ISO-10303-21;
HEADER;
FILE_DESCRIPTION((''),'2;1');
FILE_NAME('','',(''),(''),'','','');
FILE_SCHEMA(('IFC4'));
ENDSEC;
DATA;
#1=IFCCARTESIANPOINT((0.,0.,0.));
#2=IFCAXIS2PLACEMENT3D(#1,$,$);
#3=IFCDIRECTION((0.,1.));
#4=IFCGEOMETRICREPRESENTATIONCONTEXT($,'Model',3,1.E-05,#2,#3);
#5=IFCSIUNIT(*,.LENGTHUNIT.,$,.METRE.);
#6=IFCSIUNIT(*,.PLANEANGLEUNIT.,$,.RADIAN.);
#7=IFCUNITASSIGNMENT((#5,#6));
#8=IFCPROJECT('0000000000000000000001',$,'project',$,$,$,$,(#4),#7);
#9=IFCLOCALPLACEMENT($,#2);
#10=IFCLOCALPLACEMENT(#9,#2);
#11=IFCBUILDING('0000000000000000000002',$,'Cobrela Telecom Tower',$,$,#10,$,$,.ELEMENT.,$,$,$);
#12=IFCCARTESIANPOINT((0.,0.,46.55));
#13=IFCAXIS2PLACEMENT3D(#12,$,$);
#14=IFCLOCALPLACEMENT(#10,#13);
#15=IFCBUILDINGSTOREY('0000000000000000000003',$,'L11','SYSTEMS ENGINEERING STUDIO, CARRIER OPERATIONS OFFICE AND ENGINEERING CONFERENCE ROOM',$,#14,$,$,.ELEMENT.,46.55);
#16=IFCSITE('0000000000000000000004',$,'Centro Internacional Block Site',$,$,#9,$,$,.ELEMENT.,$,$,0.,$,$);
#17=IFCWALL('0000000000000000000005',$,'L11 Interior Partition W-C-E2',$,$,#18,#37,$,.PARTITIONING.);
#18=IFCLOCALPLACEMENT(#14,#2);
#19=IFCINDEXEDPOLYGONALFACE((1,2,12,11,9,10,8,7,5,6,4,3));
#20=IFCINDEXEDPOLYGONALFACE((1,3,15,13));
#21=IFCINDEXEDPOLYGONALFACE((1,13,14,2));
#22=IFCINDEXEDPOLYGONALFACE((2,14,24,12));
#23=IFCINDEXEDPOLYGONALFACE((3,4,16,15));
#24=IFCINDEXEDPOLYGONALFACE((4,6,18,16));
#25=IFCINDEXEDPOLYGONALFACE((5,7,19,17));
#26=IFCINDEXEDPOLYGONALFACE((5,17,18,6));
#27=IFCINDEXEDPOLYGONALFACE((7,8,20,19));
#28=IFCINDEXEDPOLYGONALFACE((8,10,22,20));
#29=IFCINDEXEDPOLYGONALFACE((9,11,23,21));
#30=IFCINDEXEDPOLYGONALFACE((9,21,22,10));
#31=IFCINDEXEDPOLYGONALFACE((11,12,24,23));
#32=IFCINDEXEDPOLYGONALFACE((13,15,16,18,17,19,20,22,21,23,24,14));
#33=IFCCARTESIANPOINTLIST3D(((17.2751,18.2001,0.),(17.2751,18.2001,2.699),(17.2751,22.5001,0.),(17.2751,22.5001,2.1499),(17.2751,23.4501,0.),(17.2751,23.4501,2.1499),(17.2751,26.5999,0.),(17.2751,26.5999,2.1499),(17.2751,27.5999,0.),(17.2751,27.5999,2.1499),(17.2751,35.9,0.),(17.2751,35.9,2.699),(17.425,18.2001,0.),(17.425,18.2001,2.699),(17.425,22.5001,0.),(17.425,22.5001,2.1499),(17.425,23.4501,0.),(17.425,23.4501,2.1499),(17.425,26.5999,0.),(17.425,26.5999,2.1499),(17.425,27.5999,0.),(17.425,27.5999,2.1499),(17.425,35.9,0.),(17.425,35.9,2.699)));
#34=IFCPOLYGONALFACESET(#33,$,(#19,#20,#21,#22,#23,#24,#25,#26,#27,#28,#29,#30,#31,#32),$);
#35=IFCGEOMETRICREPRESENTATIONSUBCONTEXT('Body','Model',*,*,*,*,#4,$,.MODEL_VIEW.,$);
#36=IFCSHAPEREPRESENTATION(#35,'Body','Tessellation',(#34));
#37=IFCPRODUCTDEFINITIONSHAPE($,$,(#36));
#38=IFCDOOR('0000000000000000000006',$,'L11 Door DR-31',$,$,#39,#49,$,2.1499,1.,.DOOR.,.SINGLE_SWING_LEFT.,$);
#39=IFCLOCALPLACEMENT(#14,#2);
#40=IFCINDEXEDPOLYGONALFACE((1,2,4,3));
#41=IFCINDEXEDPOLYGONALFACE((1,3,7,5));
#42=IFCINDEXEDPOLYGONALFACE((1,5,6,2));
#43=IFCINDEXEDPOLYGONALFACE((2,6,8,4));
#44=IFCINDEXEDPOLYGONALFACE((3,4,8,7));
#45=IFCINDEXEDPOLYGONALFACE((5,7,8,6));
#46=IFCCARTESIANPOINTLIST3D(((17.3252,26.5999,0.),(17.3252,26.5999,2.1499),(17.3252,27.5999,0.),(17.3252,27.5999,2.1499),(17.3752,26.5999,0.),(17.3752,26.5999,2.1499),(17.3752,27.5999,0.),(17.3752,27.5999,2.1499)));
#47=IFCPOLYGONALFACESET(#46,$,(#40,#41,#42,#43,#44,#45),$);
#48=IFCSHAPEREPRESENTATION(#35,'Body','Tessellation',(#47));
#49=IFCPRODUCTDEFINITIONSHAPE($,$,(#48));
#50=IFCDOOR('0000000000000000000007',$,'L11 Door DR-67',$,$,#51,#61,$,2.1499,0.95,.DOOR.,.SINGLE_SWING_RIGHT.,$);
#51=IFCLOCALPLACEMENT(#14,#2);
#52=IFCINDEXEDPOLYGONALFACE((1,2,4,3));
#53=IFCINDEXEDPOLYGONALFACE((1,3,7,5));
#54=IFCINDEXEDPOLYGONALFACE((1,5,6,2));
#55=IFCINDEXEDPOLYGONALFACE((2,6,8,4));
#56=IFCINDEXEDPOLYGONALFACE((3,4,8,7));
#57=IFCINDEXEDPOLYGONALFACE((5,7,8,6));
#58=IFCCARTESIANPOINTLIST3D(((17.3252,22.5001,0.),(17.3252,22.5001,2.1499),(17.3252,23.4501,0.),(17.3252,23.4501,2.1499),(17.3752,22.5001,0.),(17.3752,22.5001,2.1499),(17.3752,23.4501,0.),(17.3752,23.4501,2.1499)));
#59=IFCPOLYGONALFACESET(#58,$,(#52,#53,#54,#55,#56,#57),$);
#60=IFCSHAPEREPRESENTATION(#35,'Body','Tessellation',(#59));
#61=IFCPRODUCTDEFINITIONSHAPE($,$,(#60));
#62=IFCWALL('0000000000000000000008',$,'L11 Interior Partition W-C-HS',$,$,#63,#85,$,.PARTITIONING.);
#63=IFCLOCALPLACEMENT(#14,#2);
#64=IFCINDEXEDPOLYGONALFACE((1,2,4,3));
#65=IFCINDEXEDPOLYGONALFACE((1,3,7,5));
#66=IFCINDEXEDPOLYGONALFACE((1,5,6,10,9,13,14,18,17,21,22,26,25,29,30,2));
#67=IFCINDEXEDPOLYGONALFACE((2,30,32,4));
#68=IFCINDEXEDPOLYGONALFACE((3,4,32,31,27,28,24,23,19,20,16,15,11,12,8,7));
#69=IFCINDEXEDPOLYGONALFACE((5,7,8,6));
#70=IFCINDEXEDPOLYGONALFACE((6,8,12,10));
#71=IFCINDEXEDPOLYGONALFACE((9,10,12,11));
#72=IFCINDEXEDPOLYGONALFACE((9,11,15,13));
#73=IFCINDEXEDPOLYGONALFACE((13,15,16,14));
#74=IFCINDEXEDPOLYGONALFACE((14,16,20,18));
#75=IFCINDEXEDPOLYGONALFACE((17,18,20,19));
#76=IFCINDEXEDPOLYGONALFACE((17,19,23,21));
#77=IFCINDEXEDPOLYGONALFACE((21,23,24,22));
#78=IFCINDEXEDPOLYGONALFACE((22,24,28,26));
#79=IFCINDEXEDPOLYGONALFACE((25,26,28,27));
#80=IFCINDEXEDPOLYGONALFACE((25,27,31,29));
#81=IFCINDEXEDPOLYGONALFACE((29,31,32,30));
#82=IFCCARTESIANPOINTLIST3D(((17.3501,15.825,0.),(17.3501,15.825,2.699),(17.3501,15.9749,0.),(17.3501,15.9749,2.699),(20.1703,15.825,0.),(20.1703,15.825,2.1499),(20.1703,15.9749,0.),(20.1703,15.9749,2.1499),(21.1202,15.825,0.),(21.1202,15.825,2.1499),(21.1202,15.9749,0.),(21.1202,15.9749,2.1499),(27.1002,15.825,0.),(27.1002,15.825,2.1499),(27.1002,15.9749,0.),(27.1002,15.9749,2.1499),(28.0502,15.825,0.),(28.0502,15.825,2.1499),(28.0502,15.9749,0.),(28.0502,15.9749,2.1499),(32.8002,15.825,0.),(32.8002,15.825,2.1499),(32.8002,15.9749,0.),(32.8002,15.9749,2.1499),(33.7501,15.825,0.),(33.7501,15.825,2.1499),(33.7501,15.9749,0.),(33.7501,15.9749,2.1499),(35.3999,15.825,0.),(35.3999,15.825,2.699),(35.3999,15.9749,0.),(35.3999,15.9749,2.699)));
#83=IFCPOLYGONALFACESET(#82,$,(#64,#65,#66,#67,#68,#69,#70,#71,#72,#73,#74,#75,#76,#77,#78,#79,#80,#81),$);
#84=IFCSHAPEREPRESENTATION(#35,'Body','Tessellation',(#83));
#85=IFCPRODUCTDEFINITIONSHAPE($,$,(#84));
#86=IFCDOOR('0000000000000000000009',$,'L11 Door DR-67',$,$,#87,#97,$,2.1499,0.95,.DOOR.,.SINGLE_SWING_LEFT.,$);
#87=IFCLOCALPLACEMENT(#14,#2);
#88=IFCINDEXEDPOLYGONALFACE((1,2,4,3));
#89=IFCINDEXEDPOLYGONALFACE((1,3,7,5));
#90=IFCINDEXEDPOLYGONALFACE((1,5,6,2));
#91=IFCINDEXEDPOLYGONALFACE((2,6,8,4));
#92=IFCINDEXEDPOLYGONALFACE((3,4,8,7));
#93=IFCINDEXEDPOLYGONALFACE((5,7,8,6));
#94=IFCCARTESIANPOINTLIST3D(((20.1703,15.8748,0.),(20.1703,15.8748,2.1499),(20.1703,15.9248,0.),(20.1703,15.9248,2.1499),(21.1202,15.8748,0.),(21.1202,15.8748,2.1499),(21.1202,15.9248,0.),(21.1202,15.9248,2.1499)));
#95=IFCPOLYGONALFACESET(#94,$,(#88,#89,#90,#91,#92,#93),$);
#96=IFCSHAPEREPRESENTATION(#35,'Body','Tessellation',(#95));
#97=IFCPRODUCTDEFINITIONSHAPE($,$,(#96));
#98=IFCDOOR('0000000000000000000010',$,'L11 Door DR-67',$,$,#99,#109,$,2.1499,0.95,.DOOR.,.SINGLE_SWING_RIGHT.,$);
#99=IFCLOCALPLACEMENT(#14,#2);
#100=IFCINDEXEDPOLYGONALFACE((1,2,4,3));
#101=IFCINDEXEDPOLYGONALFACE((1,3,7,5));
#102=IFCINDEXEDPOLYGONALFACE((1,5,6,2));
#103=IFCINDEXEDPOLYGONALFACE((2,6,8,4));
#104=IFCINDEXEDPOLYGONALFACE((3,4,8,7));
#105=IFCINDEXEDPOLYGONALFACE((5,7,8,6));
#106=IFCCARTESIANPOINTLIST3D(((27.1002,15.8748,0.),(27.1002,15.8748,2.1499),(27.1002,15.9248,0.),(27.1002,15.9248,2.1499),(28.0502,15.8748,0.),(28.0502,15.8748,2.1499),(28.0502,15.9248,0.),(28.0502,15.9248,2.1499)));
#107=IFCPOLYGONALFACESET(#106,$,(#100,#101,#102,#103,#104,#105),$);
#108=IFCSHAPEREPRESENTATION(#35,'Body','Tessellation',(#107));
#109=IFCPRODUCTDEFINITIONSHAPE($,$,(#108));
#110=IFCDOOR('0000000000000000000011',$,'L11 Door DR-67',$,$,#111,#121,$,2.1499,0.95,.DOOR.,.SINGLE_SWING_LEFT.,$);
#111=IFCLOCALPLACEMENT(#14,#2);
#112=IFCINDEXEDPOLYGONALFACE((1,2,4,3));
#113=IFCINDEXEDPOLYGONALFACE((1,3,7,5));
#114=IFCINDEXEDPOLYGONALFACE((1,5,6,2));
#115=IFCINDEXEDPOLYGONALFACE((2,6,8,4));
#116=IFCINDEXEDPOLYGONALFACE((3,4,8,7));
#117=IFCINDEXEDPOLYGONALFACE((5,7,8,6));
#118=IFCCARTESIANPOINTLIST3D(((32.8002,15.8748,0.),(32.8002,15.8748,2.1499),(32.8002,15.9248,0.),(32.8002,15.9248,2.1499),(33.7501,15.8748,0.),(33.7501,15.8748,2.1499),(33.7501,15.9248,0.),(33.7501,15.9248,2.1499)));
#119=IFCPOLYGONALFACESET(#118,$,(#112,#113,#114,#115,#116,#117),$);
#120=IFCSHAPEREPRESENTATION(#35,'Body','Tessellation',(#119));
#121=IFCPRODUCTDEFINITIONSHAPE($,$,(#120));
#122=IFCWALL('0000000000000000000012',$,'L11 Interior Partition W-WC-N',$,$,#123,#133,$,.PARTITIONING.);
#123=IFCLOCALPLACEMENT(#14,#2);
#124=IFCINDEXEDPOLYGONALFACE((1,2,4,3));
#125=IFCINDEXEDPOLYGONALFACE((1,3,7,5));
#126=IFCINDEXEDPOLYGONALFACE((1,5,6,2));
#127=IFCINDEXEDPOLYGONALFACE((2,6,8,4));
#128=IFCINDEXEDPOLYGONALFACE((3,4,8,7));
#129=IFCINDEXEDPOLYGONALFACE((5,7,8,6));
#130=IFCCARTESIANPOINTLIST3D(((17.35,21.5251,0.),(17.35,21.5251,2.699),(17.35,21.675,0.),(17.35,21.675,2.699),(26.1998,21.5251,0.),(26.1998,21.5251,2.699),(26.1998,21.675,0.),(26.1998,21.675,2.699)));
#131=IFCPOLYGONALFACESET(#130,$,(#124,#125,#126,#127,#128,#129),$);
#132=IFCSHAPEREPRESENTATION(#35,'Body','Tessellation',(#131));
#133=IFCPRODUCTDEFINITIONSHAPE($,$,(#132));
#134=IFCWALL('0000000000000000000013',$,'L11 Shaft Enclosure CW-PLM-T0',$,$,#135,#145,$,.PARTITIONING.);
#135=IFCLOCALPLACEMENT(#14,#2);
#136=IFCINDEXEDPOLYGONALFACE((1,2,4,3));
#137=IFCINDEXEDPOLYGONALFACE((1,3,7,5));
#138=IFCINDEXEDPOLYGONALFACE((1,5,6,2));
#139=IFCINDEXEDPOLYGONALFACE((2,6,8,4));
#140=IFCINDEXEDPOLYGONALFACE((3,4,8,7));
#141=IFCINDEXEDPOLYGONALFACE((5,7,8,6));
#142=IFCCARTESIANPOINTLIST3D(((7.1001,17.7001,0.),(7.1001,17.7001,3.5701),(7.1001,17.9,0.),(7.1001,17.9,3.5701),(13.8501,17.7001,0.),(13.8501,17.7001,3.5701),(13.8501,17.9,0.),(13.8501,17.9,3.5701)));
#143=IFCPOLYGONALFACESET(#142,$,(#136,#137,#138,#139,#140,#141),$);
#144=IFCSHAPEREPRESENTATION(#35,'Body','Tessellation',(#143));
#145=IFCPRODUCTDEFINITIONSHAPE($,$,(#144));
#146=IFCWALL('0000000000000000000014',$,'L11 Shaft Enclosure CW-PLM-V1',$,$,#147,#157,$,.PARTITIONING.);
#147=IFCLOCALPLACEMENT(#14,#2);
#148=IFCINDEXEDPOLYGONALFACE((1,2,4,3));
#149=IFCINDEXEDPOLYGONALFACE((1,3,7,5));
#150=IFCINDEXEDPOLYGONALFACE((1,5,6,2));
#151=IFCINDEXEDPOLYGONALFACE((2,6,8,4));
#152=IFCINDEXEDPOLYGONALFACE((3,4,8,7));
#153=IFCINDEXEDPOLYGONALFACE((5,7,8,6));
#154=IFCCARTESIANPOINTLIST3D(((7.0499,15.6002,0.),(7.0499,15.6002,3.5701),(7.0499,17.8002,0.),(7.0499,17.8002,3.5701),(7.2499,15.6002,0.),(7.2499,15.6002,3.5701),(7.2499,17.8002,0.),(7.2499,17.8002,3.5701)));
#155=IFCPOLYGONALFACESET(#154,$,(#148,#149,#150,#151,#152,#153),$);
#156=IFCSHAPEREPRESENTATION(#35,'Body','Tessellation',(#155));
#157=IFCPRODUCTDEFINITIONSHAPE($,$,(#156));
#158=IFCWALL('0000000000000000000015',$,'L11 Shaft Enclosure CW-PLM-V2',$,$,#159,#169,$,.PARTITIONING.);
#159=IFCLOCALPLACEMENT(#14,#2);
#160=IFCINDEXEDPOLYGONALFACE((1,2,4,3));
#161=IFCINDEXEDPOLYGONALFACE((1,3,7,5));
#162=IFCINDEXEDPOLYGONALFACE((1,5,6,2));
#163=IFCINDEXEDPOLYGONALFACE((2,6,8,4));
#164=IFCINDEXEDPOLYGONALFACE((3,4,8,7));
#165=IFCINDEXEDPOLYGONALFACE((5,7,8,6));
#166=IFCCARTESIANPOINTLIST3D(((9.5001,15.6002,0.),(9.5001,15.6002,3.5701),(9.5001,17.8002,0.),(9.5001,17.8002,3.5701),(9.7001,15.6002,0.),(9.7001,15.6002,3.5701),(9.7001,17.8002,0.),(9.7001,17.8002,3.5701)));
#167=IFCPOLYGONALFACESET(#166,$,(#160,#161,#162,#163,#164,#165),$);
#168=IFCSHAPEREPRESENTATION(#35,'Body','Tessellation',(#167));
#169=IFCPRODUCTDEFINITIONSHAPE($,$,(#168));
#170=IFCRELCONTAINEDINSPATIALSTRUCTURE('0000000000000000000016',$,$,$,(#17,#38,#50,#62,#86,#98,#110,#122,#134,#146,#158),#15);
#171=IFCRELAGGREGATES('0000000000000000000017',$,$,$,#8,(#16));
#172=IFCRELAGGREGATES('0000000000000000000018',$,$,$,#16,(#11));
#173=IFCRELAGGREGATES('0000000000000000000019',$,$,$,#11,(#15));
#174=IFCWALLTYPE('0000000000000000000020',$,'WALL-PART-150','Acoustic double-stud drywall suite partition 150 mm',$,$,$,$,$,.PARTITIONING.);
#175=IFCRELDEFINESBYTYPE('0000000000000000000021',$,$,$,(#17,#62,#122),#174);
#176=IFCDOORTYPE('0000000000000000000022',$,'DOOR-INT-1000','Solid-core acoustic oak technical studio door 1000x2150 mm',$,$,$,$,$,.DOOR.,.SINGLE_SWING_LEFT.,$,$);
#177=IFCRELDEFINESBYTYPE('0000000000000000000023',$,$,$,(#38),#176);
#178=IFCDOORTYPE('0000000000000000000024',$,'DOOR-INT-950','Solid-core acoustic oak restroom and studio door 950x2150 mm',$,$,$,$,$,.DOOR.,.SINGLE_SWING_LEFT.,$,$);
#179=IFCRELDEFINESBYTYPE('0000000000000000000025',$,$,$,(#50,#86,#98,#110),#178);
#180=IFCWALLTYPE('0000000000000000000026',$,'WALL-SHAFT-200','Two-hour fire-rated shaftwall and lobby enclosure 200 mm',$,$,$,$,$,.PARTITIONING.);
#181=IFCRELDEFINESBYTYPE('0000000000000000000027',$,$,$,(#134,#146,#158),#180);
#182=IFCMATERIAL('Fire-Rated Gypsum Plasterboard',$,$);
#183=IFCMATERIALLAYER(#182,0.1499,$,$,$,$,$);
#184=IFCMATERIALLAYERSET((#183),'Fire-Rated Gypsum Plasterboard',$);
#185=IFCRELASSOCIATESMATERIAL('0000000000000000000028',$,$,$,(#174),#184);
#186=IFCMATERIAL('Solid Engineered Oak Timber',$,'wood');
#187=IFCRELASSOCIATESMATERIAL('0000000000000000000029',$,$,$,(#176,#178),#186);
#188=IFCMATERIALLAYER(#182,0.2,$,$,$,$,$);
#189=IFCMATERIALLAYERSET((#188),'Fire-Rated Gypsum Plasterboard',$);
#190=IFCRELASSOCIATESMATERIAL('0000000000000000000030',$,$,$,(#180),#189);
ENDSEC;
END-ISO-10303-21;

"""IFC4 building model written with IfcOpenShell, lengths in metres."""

from ifc_helpers import new_model, si_unit, direction, frame, frame_2d, origin, place, context, subcontext, project, spatial, rectangle, extrude, material, layer, layer_set, type_object, element, fill, save


model = new_model("IFC4")

# Units and contexts
model_context = context("Model", 3, precision=1e-05, world=origin(), true_north=direction((0.0, 1.0)))
body_context = subcontext(model_context, "Body", "Model", "MODEL_VIEW")
ifc_project = project(units=[si_unit("LENGTHUNIT", "METRE"), si_unit("PLANEANGLEUNIT", "RADIAN")], contexts=[model_context])

# Site, building, storey
site_placement = place(None, origin())
site = spatial("IfcSite", under=ifc_project, at=site_placement, Name="Centro Internacional Block Site", CompositionType="ELEMENT", RefElevation=0.0)
building_placement = place(site_placement, origin())
building = spatial("IfcBuilding", under=site, at=building_placement, Name="Cobrela Telecom Tower", CompositionType="ELEMENT")
storey_placement = place(building_placement, frame((0.0, 0.0, 46.55)))
storey = spatial("IfcBuildingStorey", under=building, at=storey_placement, Name="L11", Description="SYSTEMS ENGINEERING STUDIO, CARRIER OPERATIONS OFFICE AND ENGINEERING CONFERENCE ROOM", CompositionType="ELEMENT", Elevation=46.55)

# Walls, openings, doors
ifc_material_1 = material(Name="Fire-Rated Gypsum Plasterboard")
ifc_layer_1 = layer(ifc_material_1, 0.1499)
ifc_layer_set_1 = layer_set([ifc_layer_1], Name="Fire-Rated Gypsum Plasterboard")
wall_type_1 = type_object("IfcWallType", Name="WALL-PART-150", Description="Acoustic double-stud drywall suite partition 150 mm", PredefinedType="PARTITIONING", material=ifc_layer_set_1)
wall_1_placement = place(storey_placement, frame((17.3501, 18.2, 0.0), z_axis=(0.0, 0.0, 1.0), x_axis=(0.0, 1.0, 0.0)))
wall_1 = element("IfcWall", 1, at=wall_1_placement, inside=storey, type_object=wall_type_1, Name="L11 Interior Partition W-C-E2", PredefinedType="PARTITIONING", context=body_context, shape_type="SweptSolid", body=[
    extrude(rectangle(XDim=17.7, YDim=0.1499, at=frame_2d((8.8501, 0.0))), origin(), (0.0, 0.0, 1.0), 2.699),
])
opening_1_placement = place(wall_1_placement, frame((4.3, 0.0, 0.0)))
opening_1 = element("IfcOpeningElement", 2, at=opening_1_placement, cuts=wall_1, PredefinedType="OPENING", context=body_context, shape_type="SweptSolid", body=[
    extrude(rectangle(XDim=0.95, YDim=2.1499, at=frame_2d((0.4751, 1.075))), frame((0.0, 0.0869, 0.0), z_axis=(0.0, -1.0, 0.0), x_axis=(1.0, 0.0, 0.0)), (0.0, 0.0, 1.0), 0.1738),
])
opening_2_placement = place(wall_1_placement, frame((8.3999, 0.0, 0.0)))
opening_2 = element("IfcOpeningElement", 3, at=opening_2_placement, cuts=wall_1, PredefinedType="OPENING", context=body_context, shape_type="SweptSolid", body=[
    extrude(rectangle(XDim=1.0, YDim=2.1499, at=frame_2d((0.5, 1.075))), frame((0.0, 0.0869, 0.0), z_axis=(0.0, -1.0, 0.0), x_axis=(1.0, 0.0, 0.0)), (0.0, 0.0, 1.0), 0.1738),
])
ifc_material_2 = material(Name="Solid Engineered Oak Timber", Category="wood")
door_type_1 = type_object("IfcDoorType", Name="DOOR-INT-1000", Description="Solid-core acoustic oak technical studio door 1000x2150 mm", OperationType="SINGLE_SWING_LEFT", PredefinedType="DOOR", material=ifc_material_2)
door_1_placement = place(opening_2_placement, origin())
door_1 = element("IfcDoor", 4, at=door_1_placement, inside=storey, type_object=door_type_1, Name="L11 Door DR-31", OperationType="SINGLE_SWING_LEFT", OverallHeight=2.1499, OverallWidth=1.0, PredefinedType="DOOR", context=body_context, shape_type="SweptSolid", body=[
    extrude(rectangle(XDim=1.0, YDim=2.1499, at=frame_2d((0.5, 1.075))), frame((0.0, 0.0249, 0.0), z_axis=(0.0, -1.0, 0.0), x_axis=(1.0, 0.0, 0.0)), (0.0, 0.0, 1.0), 0.05),
])
fill(opening_2, door_1)
door_type_2 = type_object("IfcDoorType", Name="DOOR-INT-950", Description="Solid-core acoustic oak restroom and studio door 950x2150 mm", OperationType="SINGLE_SWING_LEFT", PredefinedType="DOOR", material=ifc_material_2)
door_2_placement = place(opening_1_placement, origin())
door_2 = element("IfcDoor", 5, at=door_2_placement, inside=storey, type_object=door_type_2, Name="L11 Door DR-67", OperationType="SINGLE_SWING_RIGHT", OverallHeight=2.1499, OverallWidth=0.95, PredefinedType="DOOR", context=body_context, shape_type="SweptSolid", body=[
    extrude(rectangle(XDim=0.95, YDim=2.1499, at=frame_2d((0.4751, 1.075))), frame((0.0, 0.0249, 0.0), z_axis=(0.0, -1.0, 0.0), x_axis=(1.0, 0.0, 0.0)), (0.0, 0.0, 1.0), 0.05),
])
fill(opening_1, door_2)
wall_2_placement = place(storey_placement, frame((17.3501, 15.8999, 0.0), z_axis=(0.0, 0.0, 1.0), x_axis=(1.0, 0.0, 0.0)))
wall_2 = element("IfcWall", 6, at=wall_2_placement, inside=storey, type_object=wall_type_1, Name="L11 Interior Partition W-C-HS", PredefinedType="PARTITIONING", context=body_context, shape_type="SweptSolid", body=[
    extrude(rectangle(XDim=18.0498, YDim=0.1499, at=frame_2d((9.0249, 0.0))), origin(), (0.0, 0.0, 1.0), 2.699),
])
opening_3_placement = place(wall_2_placement, frame((2.8201, 0.0, 0.0)))
opening_3 = element("IfcOpeningElement", 7, at=opening_3_placement, cuts=wall_2, PredefinedType="OPENING", context=body_context, shape_type="SweptSolid", body=[
    extrude(rectangle(XDim=0.95, YDim=2.1499, at=frame_2d((0.4751, 1.075))), frame((0.0, 0.0869, 0.0), z_axis=(0.0, -1.0, 0.0), x_axis=(1.0, 0.0, 0.0)), (0.0, 0.0, 1.0), 0.1738),
])
opening_4_placement = place(wall_2_placement, frame((9.75, 0.0, 0.0)))
opening_4 = element("IfcOpeningElement", 8, at=opening_4_placement, cuts=wall_2, PredefinedType="OPENING", context=body_context, shape_type="SweptSolid", body=[
    extrude(rectangle(XDim=0.95, YDim=2.1499, at=frame_2d((0.4751, 1.075))), frame((0.0, 0.0869, 0.0), z_axis=(0.0, -1.0, 0.0), x_axis=(1.0, 0.0, 0.0)), (0.0, 0.0, 1.0), 0.1738),
])
opening_5_placement = place(wall_2_placement, frame((15.45, 0.0, 0.0)))
opening_5 = element("IfcOpeningElement", 9, at=opening_5_placement, cuts=wall_2, PredefinedType="OPENING", context=body_context, shape_type="SweptSolid", body=[
    extrude(rectangle(XDim=0.95, YDim=2.1499, at=frame_2d((0.4751, 1.075))), frame((0.0, 0.0869, 0.0), z_axis=(0.0, -1.0, 0.0), x_axis=(1.0, 0.0, 0.0)), (0.0, 0.0, 1.0), 0.1738),
])
door_3_placement = place(opening_3_placement, origin())
door_3 = element("IfcDoor", 10, at=door_3_placement, inside=storey, type_object=door_type_2, Name="L11 Door DR-67", OperationType="SINGLE_SWING_LEFT", OverallHeight=2.1499, OverallWidth=0.95, PredefinedType="DOOR", context=body_context, shape_type="SweptSolid", body=[
    extrude(rectangle(XDim=0.95, YDim=2.1499, at=frame_2d((0.4751, 1.075))), frame((0.0, 0.0249, 0.0), z_axis=(0.0, -1.0, 0.0), x_axis=(1.0, 0.0, 0.0)), (0.0, 0.0, 1.0), 0.05),
])
fill(opening_3, door_3)
door_4_placement = place(opening_4_placement, origin())
door_4 = element("IfcDoor", 11, at=door_4_placement, inside=storey, type_object=door_type_2, Name="L11 Door DR-67", OperationType="SINGLE_SWING_RIGHT", OverallHeight=2.1499, OverallWidth=0.95, PredefinedType="DOOR", context=body_context, shape_type="SweptSolid", body=[
    extrude(rectangle(XDim=0.95, YDim=2.1499, at=frame_2d((0.4751, 1.075))), frame((0.0, 0.0249, 0.0), z_axis=(0.0, -1.0, 0.0), x_axis=(1.0, 0.0, 0.0)), (0.0, 0.0, 1.0), 0.05),
])
fill(opening_4, door_4)
door_5_placement = place(opening_5_placement, origin())
door_5 = element("IfcDoor", 12, at=door_5_placement, inside=storey, type_object=door_type_2, Name="L11 Door DR-67", OperationType="SINGLE_SWING_LEFT", OverallHeight=2.1499, OverallWidth=0.95, PredefinedType="DOOR", context=body_context, shape_type="SweptSolid", body=[
    extrude(rectangle(XDim=0.95, YDim=2.1499, at=frame_2d((0.4751, 1.075))), frame((0.0, 0.0249, 0.0), z_axis=(0.0, -1.0, 0.0), x_axis=(1.0, 0.0, 0.0)), (0.0, 0.0, 1.0), 0.05),
])
fill(opening_5, door_5)

# Walls
wall_3_placement = place(storey_placement, frame((17.3501, 21.6001, 0.0), z_axis=(0.0, 0.0, 1.0), x_axis=(1.0, 0.0, 0.0)))
element("IfcWall", 13, at=wall_3_placement, inside=storey, type_object=wall_type_1, Name="L11 Interior Partition W-WC-N", PredefinedType="PARTITIONING", context=body_context, shape_type="SweptSolid", body=[
    extrude(rectangle(XDim=8.8499, YDim=0.1499, at=frame_2d((4.4248, 0.0))), origin(), (0.0, 0.0, 1.0), 2.699),
])
ifc_layer_2 = layer(ifc_material_1, 0.2)
ifc_layer_set_2 = layer_set([ifc_layer_2], Name="Fire-Rated Gypsum Plasterboard")
wall_type_2 = type_object("IfcWallType", Name="WALL-SHAFT-200", Description="Two-hour fire-rated shaftwall and lobby enclosure 200 mm", PredefinedType="PARTITIONING", material=ifc_layer_set_2)
wall_4_placement = place(storey_placement, frame((7.1001, 17.8, 0.0), z_axis=(0.0, 0.0, 1.0), x_axis=(1.0, 0.0, 0.0)))
element("IfcWall", 14, at=wall_4_placement, inside=storey, type_object=wall_type_2, Name="L11 Shaft Enclosure CW-PLM-T0", PredefinedType="PARTITIONING", context=body_context, shape_type="SweptSolid", body=[
    extrude(rectangle(XDim=6.75, YDim=0.2, at=frame_2d((3.375, 0.0))), origin(), (0.0, 0.0, 1.0), 3.5701),
])
for number, where, z_axis, x_axis, name in (
    (15, (7.1499, 15.6001, 0.0), (0.0, 0.0, 1.0), (0.0, 1.0, 0.0), "L11 Shaft Enclosure CW-PLM-V1"),
    (16, (9.6001, 15.6001, 0.0), (0.0, 0.0, 1.0), (0.0, 1.0, 0.0), "L11 Shaft Enclosure CW-PLM-V2"),
):
    element("IfcWall", number, at=place(storey_placement, frame(where, z_axis=z_axis, x_axis=x_axis)), inside=storey, type_object=wall_type_2, Name=name, PredefinedType="PARTITIONING", context=body_context, shape_type="SweptSolid", body=[
        extrude(rectangle(XDim=2.2, YDim=0.2, at=frame_2d((1.1001, 0.0))), origin(), (0.0, 0.0, 1.0), 3.5701),
    ])

save(model, "model.ifc")
